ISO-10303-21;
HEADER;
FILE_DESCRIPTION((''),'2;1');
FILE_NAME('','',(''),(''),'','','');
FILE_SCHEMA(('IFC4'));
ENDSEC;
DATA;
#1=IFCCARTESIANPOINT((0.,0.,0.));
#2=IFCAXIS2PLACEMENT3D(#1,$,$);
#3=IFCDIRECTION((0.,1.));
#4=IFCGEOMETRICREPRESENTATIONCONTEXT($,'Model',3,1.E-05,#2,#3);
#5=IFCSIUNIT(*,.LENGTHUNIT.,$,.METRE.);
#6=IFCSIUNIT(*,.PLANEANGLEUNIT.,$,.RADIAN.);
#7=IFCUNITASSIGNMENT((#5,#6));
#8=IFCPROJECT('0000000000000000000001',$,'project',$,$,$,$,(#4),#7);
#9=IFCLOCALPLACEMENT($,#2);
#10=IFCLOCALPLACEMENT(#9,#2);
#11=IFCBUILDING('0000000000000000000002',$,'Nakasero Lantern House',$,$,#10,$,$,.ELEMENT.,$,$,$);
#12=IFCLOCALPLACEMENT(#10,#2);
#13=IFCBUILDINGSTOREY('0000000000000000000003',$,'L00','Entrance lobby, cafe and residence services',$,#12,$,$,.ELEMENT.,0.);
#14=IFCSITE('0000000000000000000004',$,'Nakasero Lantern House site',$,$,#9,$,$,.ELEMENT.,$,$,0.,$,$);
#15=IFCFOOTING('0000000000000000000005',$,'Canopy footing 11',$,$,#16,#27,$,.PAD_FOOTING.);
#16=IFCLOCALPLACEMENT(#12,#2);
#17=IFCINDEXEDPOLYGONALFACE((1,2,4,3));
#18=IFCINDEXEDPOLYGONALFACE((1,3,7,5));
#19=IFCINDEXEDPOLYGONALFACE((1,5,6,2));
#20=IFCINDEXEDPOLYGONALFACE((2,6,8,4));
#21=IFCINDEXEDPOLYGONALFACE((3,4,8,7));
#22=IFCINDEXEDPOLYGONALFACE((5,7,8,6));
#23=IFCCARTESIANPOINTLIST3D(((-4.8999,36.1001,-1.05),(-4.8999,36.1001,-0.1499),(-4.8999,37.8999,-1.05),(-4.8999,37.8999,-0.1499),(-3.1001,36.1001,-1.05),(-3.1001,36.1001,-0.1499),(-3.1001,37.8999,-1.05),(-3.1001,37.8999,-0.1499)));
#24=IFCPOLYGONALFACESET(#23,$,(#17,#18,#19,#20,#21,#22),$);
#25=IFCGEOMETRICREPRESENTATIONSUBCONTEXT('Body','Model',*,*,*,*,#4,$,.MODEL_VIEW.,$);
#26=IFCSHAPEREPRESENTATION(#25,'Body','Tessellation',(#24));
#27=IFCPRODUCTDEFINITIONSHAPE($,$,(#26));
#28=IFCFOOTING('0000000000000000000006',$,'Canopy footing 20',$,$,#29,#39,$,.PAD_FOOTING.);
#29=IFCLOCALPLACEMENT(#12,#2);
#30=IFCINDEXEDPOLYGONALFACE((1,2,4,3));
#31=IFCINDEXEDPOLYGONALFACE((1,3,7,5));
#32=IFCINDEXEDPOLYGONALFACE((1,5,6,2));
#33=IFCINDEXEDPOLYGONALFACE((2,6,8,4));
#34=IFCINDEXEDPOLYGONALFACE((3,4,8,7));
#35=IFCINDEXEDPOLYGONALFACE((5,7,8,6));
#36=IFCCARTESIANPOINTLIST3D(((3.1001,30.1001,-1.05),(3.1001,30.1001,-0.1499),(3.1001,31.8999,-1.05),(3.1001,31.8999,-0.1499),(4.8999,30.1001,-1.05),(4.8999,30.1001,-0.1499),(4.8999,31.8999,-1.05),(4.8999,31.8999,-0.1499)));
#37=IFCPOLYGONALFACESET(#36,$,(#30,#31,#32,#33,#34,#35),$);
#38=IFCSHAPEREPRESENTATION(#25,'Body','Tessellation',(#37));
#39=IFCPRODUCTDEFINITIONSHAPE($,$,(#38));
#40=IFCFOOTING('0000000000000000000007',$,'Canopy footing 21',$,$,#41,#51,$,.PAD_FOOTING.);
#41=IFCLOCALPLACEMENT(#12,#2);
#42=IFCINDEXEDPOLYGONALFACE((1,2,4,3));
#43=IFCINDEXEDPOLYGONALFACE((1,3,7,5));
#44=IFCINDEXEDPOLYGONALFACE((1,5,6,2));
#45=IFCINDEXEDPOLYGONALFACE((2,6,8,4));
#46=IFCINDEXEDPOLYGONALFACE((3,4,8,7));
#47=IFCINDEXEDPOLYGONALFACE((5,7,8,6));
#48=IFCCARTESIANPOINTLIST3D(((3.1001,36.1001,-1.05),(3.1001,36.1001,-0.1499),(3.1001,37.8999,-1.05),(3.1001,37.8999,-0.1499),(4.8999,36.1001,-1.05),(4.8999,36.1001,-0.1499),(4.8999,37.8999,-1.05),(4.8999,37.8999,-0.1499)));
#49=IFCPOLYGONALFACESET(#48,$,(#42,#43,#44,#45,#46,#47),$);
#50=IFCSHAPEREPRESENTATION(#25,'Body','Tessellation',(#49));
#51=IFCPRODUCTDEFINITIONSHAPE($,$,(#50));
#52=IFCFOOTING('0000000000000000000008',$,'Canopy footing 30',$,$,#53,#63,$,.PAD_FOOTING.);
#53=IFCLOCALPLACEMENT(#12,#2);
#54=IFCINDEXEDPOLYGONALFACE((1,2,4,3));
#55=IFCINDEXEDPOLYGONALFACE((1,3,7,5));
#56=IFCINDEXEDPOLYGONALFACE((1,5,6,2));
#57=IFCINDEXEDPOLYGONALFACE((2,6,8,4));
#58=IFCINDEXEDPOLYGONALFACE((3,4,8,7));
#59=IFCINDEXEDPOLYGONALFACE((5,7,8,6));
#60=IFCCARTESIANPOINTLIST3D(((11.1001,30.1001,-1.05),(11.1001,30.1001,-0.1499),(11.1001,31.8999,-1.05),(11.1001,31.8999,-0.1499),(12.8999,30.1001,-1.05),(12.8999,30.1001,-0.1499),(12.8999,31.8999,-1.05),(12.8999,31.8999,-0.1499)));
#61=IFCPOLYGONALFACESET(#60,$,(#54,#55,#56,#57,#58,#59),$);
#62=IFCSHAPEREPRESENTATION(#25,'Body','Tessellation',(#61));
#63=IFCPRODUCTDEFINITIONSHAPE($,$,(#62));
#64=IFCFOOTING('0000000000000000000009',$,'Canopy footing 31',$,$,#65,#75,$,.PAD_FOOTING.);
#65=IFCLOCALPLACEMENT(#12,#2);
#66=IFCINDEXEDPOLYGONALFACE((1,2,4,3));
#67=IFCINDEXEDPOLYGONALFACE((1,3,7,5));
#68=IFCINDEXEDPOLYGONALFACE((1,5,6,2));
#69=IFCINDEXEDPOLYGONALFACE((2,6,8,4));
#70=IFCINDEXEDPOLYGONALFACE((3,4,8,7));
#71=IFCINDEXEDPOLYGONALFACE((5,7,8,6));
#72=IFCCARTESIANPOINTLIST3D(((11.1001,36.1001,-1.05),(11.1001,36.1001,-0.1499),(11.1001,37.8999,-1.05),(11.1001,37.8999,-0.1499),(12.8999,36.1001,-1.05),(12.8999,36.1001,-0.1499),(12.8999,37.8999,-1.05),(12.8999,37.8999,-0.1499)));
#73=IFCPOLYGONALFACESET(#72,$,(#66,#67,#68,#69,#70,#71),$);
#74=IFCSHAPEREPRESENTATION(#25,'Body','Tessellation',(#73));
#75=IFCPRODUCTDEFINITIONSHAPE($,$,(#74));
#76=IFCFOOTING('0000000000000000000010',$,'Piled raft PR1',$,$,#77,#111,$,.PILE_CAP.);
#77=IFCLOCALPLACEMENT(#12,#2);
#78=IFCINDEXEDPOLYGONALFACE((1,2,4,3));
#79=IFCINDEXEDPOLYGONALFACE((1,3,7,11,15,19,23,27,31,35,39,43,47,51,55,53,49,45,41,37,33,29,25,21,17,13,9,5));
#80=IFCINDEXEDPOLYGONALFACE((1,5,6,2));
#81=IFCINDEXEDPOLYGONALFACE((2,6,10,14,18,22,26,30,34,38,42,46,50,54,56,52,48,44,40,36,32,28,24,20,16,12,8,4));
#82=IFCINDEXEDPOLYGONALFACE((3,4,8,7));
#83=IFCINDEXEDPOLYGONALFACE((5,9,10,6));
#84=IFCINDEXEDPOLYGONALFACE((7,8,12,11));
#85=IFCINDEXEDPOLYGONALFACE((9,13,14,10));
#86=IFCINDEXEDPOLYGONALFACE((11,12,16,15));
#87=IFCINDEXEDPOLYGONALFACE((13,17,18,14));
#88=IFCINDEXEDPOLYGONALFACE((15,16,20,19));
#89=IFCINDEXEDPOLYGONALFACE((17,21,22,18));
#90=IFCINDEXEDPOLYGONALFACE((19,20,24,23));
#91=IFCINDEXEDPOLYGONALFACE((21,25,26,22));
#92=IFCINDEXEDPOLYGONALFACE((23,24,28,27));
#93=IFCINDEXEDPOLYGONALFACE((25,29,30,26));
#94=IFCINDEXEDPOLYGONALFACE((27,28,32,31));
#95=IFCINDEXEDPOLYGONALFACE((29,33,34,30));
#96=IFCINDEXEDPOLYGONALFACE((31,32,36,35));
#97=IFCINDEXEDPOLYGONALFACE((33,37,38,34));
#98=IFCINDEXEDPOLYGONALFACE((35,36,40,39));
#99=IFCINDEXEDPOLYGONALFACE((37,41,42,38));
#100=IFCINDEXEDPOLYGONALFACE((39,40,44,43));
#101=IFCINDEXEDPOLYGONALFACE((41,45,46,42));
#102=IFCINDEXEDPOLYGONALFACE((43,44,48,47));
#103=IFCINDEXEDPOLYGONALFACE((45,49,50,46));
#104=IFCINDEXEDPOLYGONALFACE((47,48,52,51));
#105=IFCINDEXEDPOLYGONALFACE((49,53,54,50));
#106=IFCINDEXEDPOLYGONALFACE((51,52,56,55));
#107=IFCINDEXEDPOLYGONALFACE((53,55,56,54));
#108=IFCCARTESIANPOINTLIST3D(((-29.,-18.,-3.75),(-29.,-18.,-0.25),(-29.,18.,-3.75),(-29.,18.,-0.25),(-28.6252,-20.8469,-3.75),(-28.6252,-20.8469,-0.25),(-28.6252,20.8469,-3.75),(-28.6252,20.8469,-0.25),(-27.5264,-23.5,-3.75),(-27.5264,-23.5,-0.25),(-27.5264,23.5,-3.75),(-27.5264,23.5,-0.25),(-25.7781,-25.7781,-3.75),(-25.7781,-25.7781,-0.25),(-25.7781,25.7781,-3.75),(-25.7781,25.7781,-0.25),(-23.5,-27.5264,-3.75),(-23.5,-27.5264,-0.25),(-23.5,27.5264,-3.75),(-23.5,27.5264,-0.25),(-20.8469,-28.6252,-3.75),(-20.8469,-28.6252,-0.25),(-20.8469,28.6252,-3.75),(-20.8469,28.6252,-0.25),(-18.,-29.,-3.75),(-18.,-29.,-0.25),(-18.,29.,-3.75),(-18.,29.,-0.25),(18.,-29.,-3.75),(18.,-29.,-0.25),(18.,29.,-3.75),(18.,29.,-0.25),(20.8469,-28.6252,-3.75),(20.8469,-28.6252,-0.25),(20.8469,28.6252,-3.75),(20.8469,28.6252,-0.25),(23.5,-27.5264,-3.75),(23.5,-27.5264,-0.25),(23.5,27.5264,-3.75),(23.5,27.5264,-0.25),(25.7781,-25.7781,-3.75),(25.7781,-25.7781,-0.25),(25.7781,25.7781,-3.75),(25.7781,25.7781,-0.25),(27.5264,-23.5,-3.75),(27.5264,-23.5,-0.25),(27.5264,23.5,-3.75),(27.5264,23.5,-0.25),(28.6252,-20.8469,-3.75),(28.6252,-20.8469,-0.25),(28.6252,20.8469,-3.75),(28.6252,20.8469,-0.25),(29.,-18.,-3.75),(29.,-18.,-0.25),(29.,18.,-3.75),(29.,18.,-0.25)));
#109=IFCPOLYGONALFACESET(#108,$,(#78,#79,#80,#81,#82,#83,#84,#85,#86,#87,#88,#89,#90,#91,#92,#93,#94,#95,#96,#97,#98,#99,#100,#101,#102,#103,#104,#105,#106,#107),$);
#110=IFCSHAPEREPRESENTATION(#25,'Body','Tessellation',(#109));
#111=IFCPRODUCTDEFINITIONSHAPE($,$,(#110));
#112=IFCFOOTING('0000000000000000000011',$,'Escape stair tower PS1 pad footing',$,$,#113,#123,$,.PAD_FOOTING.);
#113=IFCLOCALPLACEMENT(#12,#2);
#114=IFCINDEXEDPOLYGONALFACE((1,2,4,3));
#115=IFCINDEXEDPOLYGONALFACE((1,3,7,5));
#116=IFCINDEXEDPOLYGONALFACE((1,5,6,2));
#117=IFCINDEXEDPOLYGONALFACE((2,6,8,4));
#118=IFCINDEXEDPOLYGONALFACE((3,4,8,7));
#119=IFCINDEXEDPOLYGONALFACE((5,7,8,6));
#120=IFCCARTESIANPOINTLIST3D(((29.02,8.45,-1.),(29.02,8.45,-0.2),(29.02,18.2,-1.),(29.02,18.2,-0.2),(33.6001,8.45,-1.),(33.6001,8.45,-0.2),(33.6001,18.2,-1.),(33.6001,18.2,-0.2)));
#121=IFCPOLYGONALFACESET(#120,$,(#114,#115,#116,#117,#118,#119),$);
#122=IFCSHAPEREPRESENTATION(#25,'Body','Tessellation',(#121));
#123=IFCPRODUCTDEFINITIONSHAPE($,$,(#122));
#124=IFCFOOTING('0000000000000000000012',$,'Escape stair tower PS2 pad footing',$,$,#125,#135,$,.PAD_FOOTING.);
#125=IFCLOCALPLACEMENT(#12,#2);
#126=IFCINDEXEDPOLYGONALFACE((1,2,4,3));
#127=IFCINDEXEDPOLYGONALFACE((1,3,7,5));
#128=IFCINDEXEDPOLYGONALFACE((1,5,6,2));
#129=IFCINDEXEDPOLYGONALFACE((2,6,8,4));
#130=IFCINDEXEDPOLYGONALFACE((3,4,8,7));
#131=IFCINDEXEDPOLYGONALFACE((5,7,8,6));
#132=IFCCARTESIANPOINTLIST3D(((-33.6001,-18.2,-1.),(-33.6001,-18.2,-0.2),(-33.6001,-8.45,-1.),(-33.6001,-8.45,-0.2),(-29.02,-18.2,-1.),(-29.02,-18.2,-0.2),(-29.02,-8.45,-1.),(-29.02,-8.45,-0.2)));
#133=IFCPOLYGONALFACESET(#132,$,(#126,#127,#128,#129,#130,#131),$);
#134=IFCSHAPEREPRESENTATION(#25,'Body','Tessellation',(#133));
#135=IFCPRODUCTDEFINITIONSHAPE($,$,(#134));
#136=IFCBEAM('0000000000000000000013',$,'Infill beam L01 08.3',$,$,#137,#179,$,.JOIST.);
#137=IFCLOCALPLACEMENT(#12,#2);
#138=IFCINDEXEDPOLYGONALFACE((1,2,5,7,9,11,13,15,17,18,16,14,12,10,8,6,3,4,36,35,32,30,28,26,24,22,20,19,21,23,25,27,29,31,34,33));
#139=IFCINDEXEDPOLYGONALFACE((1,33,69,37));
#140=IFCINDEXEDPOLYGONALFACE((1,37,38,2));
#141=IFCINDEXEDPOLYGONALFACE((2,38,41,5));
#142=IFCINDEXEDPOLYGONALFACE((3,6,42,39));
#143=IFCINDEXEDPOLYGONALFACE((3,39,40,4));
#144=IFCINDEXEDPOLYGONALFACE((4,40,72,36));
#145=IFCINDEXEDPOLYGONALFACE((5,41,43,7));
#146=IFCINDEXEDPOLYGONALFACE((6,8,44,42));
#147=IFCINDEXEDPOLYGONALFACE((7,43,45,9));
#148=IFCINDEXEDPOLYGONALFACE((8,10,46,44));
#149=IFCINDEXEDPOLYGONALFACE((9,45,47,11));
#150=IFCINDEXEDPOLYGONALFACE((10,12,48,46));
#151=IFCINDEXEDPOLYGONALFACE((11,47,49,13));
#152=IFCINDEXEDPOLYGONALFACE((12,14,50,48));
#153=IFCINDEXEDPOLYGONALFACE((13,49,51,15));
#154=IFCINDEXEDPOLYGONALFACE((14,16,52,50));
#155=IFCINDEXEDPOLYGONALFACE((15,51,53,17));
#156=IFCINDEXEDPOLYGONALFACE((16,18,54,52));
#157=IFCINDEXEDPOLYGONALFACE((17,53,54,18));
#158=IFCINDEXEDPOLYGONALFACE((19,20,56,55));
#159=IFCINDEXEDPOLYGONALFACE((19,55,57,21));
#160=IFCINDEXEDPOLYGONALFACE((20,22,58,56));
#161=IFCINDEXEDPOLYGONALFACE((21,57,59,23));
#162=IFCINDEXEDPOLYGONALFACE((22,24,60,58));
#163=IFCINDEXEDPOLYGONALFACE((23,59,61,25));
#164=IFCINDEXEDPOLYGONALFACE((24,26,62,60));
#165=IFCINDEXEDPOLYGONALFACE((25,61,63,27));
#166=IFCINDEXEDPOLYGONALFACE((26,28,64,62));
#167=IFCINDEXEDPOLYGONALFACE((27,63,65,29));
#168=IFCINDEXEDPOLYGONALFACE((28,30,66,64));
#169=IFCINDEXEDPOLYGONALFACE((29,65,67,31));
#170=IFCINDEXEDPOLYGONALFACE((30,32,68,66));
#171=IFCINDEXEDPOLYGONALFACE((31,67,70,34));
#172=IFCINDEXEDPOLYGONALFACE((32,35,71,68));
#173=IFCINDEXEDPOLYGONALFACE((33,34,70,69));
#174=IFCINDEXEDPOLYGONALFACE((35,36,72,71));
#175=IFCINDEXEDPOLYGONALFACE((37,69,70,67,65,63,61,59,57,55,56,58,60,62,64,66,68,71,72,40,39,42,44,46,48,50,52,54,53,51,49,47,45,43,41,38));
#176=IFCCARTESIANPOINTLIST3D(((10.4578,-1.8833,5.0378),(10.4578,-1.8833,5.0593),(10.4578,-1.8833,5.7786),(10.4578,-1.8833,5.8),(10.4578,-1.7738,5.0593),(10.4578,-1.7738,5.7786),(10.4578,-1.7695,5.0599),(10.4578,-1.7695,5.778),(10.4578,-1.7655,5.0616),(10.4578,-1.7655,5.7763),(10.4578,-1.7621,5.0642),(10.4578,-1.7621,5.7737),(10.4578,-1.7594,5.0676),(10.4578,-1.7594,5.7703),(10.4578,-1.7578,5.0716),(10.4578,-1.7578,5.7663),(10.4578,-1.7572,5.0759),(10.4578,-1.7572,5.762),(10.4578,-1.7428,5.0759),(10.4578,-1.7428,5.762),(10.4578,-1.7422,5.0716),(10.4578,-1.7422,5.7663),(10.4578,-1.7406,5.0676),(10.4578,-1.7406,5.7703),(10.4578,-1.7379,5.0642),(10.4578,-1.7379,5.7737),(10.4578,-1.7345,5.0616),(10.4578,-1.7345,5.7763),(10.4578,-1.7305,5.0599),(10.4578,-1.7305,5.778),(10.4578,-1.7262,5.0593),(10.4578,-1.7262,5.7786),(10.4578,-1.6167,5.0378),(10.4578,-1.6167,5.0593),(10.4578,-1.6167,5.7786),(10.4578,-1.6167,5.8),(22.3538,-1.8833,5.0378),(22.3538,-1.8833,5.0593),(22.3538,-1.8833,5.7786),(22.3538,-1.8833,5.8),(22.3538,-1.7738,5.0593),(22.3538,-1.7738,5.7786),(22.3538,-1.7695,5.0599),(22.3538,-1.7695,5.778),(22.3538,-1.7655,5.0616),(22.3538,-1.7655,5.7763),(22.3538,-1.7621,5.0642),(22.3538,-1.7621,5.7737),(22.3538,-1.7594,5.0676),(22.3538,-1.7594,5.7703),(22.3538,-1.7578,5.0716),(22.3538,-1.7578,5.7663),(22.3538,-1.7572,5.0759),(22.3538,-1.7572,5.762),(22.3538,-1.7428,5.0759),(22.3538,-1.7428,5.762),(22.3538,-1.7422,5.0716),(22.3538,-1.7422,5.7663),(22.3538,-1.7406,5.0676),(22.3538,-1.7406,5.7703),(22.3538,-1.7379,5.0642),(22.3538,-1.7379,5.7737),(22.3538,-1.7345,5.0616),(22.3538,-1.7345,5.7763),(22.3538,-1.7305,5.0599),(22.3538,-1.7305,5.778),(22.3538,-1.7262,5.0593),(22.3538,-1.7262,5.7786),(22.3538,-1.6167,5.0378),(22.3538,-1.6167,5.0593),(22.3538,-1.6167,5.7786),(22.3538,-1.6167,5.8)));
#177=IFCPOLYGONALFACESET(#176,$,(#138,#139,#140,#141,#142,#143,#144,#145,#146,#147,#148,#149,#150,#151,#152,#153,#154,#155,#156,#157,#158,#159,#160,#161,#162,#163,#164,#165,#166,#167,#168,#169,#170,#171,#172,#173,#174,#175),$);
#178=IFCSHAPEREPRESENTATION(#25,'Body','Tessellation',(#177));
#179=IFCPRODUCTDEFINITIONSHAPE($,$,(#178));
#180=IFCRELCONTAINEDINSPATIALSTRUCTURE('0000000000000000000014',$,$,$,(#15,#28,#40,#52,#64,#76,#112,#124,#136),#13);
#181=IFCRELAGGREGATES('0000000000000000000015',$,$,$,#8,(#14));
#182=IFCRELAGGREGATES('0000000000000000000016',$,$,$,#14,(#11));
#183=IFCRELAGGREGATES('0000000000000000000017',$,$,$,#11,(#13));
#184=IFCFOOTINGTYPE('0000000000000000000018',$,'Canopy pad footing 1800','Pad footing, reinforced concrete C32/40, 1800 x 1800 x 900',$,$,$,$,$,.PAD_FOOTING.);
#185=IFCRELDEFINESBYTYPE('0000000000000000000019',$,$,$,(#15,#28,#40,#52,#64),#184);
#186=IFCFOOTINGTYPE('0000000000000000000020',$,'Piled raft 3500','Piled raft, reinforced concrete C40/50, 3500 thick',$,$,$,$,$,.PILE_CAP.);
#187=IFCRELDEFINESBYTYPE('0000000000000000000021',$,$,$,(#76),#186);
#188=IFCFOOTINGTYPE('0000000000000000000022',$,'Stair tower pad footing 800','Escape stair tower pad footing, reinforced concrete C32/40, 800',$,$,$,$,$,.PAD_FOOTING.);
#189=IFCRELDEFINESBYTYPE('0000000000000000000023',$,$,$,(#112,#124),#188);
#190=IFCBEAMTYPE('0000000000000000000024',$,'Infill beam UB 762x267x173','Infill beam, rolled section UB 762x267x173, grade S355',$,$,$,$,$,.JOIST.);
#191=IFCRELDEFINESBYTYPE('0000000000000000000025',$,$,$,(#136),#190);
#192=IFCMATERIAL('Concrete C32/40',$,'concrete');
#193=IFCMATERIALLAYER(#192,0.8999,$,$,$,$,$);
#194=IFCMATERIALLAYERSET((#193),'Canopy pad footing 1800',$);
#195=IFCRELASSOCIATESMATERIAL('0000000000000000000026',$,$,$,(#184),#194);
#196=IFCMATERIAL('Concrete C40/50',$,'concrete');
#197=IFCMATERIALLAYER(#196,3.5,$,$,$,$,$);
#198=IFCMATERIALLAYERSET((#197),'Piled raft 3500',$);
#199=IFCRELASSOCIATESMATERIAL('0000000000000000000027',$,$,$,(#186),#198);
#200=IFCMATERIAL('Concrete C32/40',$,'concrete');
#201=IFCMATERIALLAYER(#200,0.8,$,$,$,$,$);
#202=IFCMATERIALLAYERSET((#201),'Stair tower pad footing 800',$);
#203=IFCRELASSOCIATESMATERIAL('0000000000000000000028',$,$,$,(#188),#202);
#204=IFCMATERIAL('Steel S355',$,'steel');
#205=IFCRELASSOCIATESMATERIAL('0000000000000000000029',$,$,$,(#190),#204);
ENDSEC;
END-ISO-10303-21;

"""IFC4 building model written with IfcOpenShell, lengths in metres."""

from ifc_helpers import new_model, si_unit, direction, frame, origin, origin_2d, place, context, subcontext, project, spatial, polyline, i_section, outline, extrude, material, layer, layer_set, material_profile, profile_set, type_object, element, save


model = new_model("IFC4")

# Units and contexts
model_context = context("Model", 3, precision=1e-05, world=origin(), true_north=direction((0.0, 1.0)))
body_context = subcontext(model_context, "Body", "Model", "MODEL_VIEW")
ifc_project = project(units=[si_unit("LENGTHUNIT", "METRE"), si_unit("PLANEANGLEUNIT", "RADIAN")], contexts=[model_context])

# Site, building, storey
site_placement = place(None, origin())
site = spatial("IfcSite", under=ifc_project, at=site_placement, Name="Nakasero Lantern House site", CompositionType="ELEMENT", RefElevation=0.0)
building_placement = place(site_placement, origin())
building = spatial("IfcBuilding", under=site, at=building_placement, Name="Nakasero Lantern House", CompositionType="ELEMENT")
storey_placement = place(building_placement, origin())
storey = spatial("IfcBuildingStorey", under=building, at=storey_placement, Name="L00", Description="Entrance lobby, cafe and residence services", CompositionType="ELEMENT", Elevation=0.0)

# Footings
ifc_material_1 = material(Name="Concrete C32/40", Category="concrete")
ifc_layer_1 = layer(ifc_material_1, 0.8999)
ifc_layer_set_1 = layer_set([ifc_layer_1], Name="Canopy pad footing 1800")
footing_type_1 = type_object("IfcFootingType", Name="Canopy pad footing 1800", Description="Pad footing, reinforced concrete C32/40, 1800 x 1800 x 900", PredefinedType="PAD_FOOTING", material=ifc_layer_set_1)
footing_1_placement = place(storey_placement, frame((0.0, 0.0, -1.05)))
element("IfcFooting", 1, at=footing_1_placement, inside=storey, type_object=footing_type_1, Name="Canopy footing 11", PredefinedType="PAD_FOOTING", context=body_context, shape_type="SweptSolid", body=[
    extrude(outline(polyline([(-4.8999, 36.1001), (-3.1001, 36.1001), (-3.1001, 37.8999), (-4.8999, 37.8999), (-4.8999, 36.1001)])), origin(), (0.0, 0.0, 1.0), 0.9001),
])
footing_2_placement = place(storey_placement, frame((0.0, 0.0, -1.05)))
element("IfcFooting", 2, at=footing_2_placement, inside=storey, type_object=footing_type_1, Name="Canopy footing 20", PredefinedType="PAD_FOOTING", context=body_context, shape_type="SweptSolid", body=[
    extrude(outline(polyline([(3.1001, 30.1001), (4.8999, 30.1001), (4.8999, 31.8999), (3.1001, 31.8999), (3.1001, 30.1001)])), origin(), (0.0, 0.0, 1.0), 0.9001),
])
footing_3_placement = place(storey_placement, frame((0.0, 0.0, -1.05)))
element("IfcFooting", 3, at=footing_3_placement, inside=storey, type_object=footing_type_1, Name="Canopy footing 21", PredefinedType="PAD_FOOTING", context=body_context, shape_type="SweptSolid", body=[
    extrude(outline(polyline([(3.1001, 36.1001), (4.8999, 36.1001), (4.8999, 37.8999), (3.1001, 37.8999), (3.1001, 36.1001)])), origin(), (0.0, 0.0, 1.0), 0.9001),
])
footing_4_placement = place(storey_placement, frame((0.0, 0.0, -1.05)))
element("IfcFooting", 4, at=footing_4_placement, inside=storey, type_object=footing_type_1, Name="Canopy footing 30", PredefinedType="PAD_FOOTING", context=body_context, shape_type="SweptSolid", body=[
    extrude(outline(polyline([(11.1001, 30.1001), (12.8999, 30.1001), (12.8999, 31.8999), (11.1001, 31.8999), (11.1001, 30.1001)])), origin(), (0.0, 0.0, 1.0), 0.9001),
])
footing_5_placement = place(storey_placement, frame((0.0, 0.0, -1.05)))
element("IfcFooting", 5, at=footing_5_placement, inside=storey, type_object=footing_type_1, Name="Canopy footing 31", PredefinedType="PAD_FOOTING", context=body_context, shape_type="SweptSolid", body=[
    extrude(outline(polyline([(11.1001, 36.1001), (12.8999, 36.1001), (12.8999, 37.8999), (11.1001, 37.8999), (11.1001, 36.1001)])), origin(), (0.0, 0.0, 1.0), 0.9001),
])
ifc_material_2 = material(Name="Concrete C40/50", Category="concrete")
ifc_layer_2 = layer(ifc_material_2, 3.5)
ifc_layer_set_2 = layer_set([ifc_layer_2], Name="Piled raft 3500")
footing_type_2 = type_object("IfcFootingType", Name="Piled raft 3500", Description="Piled raft, reinforced concrete C40/50, 3500 thick", PredefinedType="PILE_CAP", material=ifc_layer_set_2)
footing_6_placement = place(storey_placement, frame((0.0, 0.0, -3.75)))
element("IfcFooting", 6, at=footing_6_placement, inside=storey, type_object=footing_type_2, Name="Piled raft PR1", PredefinedType="PILE_CAP", context=body_context, shape_type="SweptSolid", body=[
    extrude(outline(polyline([(29.0, 18.0), (28.6252, 20.8469), (27.5264, 23.5), (25.7781, 25.7781), (23.5, 27.5264), (20.8469, 28.6252), (18.0, 29.0), (-18.0, 29.0), (-20.8469, 28.6252), (-23.5, 27.5264), (-25.7781, 25.7781), (-27.5264, 23.5), (-28.6252, 20.8469), (-29.0, 18.0), (-29.0, -18.0), (-28.6252, -20.8469), (-27.5264, -23.5), (-25.7781, -25.7781), (-23.5, -27.5264), (-20.8469, -28.6252), (-18.0, -29.0), (18.0, -29.0), (20.8469, -28.6252), (23.5, -27.5264), (25.7781, -25.7781), (27.5264, -23.5), (28.6252, -20.8469), (29.0, -18.0), (29.0, 18.0)])), origin(), (0.0, 0.0, 1.0), 3.5),
])
ifc_material_3 = material(Name="Concrete C32/40", Category="concrete")
ifc_layer_3 = layer(ifc_material_3, 0.8)
ifc_layer_set_3 = layer_set([ifc_layer_3], Name="Stair tower pad footing 800")
footing_type_3 = type_object("IfcFootingType", Name="Stair tower pad footing 800", Description="Escape stair tower pad footing, reinforced concrete C32/40, 800", PredefinedType="PAD_FOOTING", material=ifc_layer_set_3)
footing_7_placement = place(storey_placement, frame((0.0, 0.0, -1.0)))
element("IfcFooting", 7, at=footing_7_placement, inside=storey, type_object=footing_type_3, Name="Escape stair tower PS1 pad footing", PredefinedType="PAD_FOOTING", context=body_context, shape_type="SweptSolid", body=[
    extrude(outline(polyline([(29.02, 8.45), (33.6001, 8.45), (33.6001, 18.2), (29.02, 18.2), (29.02, 8.45)])), origin(), (0.0, 0.0, 1.0), 0.8),
])
footing_8_placement = place(storey_placement, frame((0.0, 0.0, -1.0)))
element("IfcFooting", 8, at=footing_8_placement, inside=storey, type_object=footing_type_3, Name="Escape stair tower PS2 pad footing", PredefinedType="PAD_FOOTING", context=body_context, shape_type="SweptSolid", body=[
    extrude(outline(polyline([(-29.02, -8.45), (-33.6001, -8.45), (-33.6001, -18.2), (-29.02, -18.2), (-29.02, -8.45)])), origin(), (0.0, 0.0, 1.0), 0.8),
])

# Beam
ifc_material_4 = material(Name="Steel S355", Category="steel")
ifc_material_profile = material_profile(ifc_material_4, i_section(OverallWidth=0.2666, OverallDepth=0.7622, WebThickness=0.0144, FlangeThickness=0.0215, FilletRadius=0.0166, at=origin_2d()), Name="UB 762x267x173")
ifc_profile_set = profile_set([ifc_material_profile], Name="Steel S355")
beam_type = type_object("IfcBeamType", Name="Infill beam UB 762x267x173", Description="Infill beam, rolled section UB 762x267x173, grade S355", PredefinedType="JOIST", material=ifc_profile_set)
for number, where, z_axis, x_axis, name in (
    (9, (10.4578, -1.75, 5.4189), (1.0, 0.0, 0.0), (0.0, 1.0, 0.0), "Infill beam L01 08.3"),
):
    element("IfcBeam", number, at=place(storey_placement, frame(where, z_axis=z_axis, x_axis=x_axis)), inside=storey, type_object=beam_type, Name=name, PredefinedType="JOIST", context=body_context, shape_type="SweptSolid", body=[
        extrude(i_section(OverallWidth=0.2666, OverallDepth=0.7622, WebThickness=0.0144, FlangeThickness=0.0215, FilletRadius=0.0166, at=origin_2d()), origin(), (0.0, 0.0, 1.0), 11.896),
    ])

save(model, "model.ifc")
